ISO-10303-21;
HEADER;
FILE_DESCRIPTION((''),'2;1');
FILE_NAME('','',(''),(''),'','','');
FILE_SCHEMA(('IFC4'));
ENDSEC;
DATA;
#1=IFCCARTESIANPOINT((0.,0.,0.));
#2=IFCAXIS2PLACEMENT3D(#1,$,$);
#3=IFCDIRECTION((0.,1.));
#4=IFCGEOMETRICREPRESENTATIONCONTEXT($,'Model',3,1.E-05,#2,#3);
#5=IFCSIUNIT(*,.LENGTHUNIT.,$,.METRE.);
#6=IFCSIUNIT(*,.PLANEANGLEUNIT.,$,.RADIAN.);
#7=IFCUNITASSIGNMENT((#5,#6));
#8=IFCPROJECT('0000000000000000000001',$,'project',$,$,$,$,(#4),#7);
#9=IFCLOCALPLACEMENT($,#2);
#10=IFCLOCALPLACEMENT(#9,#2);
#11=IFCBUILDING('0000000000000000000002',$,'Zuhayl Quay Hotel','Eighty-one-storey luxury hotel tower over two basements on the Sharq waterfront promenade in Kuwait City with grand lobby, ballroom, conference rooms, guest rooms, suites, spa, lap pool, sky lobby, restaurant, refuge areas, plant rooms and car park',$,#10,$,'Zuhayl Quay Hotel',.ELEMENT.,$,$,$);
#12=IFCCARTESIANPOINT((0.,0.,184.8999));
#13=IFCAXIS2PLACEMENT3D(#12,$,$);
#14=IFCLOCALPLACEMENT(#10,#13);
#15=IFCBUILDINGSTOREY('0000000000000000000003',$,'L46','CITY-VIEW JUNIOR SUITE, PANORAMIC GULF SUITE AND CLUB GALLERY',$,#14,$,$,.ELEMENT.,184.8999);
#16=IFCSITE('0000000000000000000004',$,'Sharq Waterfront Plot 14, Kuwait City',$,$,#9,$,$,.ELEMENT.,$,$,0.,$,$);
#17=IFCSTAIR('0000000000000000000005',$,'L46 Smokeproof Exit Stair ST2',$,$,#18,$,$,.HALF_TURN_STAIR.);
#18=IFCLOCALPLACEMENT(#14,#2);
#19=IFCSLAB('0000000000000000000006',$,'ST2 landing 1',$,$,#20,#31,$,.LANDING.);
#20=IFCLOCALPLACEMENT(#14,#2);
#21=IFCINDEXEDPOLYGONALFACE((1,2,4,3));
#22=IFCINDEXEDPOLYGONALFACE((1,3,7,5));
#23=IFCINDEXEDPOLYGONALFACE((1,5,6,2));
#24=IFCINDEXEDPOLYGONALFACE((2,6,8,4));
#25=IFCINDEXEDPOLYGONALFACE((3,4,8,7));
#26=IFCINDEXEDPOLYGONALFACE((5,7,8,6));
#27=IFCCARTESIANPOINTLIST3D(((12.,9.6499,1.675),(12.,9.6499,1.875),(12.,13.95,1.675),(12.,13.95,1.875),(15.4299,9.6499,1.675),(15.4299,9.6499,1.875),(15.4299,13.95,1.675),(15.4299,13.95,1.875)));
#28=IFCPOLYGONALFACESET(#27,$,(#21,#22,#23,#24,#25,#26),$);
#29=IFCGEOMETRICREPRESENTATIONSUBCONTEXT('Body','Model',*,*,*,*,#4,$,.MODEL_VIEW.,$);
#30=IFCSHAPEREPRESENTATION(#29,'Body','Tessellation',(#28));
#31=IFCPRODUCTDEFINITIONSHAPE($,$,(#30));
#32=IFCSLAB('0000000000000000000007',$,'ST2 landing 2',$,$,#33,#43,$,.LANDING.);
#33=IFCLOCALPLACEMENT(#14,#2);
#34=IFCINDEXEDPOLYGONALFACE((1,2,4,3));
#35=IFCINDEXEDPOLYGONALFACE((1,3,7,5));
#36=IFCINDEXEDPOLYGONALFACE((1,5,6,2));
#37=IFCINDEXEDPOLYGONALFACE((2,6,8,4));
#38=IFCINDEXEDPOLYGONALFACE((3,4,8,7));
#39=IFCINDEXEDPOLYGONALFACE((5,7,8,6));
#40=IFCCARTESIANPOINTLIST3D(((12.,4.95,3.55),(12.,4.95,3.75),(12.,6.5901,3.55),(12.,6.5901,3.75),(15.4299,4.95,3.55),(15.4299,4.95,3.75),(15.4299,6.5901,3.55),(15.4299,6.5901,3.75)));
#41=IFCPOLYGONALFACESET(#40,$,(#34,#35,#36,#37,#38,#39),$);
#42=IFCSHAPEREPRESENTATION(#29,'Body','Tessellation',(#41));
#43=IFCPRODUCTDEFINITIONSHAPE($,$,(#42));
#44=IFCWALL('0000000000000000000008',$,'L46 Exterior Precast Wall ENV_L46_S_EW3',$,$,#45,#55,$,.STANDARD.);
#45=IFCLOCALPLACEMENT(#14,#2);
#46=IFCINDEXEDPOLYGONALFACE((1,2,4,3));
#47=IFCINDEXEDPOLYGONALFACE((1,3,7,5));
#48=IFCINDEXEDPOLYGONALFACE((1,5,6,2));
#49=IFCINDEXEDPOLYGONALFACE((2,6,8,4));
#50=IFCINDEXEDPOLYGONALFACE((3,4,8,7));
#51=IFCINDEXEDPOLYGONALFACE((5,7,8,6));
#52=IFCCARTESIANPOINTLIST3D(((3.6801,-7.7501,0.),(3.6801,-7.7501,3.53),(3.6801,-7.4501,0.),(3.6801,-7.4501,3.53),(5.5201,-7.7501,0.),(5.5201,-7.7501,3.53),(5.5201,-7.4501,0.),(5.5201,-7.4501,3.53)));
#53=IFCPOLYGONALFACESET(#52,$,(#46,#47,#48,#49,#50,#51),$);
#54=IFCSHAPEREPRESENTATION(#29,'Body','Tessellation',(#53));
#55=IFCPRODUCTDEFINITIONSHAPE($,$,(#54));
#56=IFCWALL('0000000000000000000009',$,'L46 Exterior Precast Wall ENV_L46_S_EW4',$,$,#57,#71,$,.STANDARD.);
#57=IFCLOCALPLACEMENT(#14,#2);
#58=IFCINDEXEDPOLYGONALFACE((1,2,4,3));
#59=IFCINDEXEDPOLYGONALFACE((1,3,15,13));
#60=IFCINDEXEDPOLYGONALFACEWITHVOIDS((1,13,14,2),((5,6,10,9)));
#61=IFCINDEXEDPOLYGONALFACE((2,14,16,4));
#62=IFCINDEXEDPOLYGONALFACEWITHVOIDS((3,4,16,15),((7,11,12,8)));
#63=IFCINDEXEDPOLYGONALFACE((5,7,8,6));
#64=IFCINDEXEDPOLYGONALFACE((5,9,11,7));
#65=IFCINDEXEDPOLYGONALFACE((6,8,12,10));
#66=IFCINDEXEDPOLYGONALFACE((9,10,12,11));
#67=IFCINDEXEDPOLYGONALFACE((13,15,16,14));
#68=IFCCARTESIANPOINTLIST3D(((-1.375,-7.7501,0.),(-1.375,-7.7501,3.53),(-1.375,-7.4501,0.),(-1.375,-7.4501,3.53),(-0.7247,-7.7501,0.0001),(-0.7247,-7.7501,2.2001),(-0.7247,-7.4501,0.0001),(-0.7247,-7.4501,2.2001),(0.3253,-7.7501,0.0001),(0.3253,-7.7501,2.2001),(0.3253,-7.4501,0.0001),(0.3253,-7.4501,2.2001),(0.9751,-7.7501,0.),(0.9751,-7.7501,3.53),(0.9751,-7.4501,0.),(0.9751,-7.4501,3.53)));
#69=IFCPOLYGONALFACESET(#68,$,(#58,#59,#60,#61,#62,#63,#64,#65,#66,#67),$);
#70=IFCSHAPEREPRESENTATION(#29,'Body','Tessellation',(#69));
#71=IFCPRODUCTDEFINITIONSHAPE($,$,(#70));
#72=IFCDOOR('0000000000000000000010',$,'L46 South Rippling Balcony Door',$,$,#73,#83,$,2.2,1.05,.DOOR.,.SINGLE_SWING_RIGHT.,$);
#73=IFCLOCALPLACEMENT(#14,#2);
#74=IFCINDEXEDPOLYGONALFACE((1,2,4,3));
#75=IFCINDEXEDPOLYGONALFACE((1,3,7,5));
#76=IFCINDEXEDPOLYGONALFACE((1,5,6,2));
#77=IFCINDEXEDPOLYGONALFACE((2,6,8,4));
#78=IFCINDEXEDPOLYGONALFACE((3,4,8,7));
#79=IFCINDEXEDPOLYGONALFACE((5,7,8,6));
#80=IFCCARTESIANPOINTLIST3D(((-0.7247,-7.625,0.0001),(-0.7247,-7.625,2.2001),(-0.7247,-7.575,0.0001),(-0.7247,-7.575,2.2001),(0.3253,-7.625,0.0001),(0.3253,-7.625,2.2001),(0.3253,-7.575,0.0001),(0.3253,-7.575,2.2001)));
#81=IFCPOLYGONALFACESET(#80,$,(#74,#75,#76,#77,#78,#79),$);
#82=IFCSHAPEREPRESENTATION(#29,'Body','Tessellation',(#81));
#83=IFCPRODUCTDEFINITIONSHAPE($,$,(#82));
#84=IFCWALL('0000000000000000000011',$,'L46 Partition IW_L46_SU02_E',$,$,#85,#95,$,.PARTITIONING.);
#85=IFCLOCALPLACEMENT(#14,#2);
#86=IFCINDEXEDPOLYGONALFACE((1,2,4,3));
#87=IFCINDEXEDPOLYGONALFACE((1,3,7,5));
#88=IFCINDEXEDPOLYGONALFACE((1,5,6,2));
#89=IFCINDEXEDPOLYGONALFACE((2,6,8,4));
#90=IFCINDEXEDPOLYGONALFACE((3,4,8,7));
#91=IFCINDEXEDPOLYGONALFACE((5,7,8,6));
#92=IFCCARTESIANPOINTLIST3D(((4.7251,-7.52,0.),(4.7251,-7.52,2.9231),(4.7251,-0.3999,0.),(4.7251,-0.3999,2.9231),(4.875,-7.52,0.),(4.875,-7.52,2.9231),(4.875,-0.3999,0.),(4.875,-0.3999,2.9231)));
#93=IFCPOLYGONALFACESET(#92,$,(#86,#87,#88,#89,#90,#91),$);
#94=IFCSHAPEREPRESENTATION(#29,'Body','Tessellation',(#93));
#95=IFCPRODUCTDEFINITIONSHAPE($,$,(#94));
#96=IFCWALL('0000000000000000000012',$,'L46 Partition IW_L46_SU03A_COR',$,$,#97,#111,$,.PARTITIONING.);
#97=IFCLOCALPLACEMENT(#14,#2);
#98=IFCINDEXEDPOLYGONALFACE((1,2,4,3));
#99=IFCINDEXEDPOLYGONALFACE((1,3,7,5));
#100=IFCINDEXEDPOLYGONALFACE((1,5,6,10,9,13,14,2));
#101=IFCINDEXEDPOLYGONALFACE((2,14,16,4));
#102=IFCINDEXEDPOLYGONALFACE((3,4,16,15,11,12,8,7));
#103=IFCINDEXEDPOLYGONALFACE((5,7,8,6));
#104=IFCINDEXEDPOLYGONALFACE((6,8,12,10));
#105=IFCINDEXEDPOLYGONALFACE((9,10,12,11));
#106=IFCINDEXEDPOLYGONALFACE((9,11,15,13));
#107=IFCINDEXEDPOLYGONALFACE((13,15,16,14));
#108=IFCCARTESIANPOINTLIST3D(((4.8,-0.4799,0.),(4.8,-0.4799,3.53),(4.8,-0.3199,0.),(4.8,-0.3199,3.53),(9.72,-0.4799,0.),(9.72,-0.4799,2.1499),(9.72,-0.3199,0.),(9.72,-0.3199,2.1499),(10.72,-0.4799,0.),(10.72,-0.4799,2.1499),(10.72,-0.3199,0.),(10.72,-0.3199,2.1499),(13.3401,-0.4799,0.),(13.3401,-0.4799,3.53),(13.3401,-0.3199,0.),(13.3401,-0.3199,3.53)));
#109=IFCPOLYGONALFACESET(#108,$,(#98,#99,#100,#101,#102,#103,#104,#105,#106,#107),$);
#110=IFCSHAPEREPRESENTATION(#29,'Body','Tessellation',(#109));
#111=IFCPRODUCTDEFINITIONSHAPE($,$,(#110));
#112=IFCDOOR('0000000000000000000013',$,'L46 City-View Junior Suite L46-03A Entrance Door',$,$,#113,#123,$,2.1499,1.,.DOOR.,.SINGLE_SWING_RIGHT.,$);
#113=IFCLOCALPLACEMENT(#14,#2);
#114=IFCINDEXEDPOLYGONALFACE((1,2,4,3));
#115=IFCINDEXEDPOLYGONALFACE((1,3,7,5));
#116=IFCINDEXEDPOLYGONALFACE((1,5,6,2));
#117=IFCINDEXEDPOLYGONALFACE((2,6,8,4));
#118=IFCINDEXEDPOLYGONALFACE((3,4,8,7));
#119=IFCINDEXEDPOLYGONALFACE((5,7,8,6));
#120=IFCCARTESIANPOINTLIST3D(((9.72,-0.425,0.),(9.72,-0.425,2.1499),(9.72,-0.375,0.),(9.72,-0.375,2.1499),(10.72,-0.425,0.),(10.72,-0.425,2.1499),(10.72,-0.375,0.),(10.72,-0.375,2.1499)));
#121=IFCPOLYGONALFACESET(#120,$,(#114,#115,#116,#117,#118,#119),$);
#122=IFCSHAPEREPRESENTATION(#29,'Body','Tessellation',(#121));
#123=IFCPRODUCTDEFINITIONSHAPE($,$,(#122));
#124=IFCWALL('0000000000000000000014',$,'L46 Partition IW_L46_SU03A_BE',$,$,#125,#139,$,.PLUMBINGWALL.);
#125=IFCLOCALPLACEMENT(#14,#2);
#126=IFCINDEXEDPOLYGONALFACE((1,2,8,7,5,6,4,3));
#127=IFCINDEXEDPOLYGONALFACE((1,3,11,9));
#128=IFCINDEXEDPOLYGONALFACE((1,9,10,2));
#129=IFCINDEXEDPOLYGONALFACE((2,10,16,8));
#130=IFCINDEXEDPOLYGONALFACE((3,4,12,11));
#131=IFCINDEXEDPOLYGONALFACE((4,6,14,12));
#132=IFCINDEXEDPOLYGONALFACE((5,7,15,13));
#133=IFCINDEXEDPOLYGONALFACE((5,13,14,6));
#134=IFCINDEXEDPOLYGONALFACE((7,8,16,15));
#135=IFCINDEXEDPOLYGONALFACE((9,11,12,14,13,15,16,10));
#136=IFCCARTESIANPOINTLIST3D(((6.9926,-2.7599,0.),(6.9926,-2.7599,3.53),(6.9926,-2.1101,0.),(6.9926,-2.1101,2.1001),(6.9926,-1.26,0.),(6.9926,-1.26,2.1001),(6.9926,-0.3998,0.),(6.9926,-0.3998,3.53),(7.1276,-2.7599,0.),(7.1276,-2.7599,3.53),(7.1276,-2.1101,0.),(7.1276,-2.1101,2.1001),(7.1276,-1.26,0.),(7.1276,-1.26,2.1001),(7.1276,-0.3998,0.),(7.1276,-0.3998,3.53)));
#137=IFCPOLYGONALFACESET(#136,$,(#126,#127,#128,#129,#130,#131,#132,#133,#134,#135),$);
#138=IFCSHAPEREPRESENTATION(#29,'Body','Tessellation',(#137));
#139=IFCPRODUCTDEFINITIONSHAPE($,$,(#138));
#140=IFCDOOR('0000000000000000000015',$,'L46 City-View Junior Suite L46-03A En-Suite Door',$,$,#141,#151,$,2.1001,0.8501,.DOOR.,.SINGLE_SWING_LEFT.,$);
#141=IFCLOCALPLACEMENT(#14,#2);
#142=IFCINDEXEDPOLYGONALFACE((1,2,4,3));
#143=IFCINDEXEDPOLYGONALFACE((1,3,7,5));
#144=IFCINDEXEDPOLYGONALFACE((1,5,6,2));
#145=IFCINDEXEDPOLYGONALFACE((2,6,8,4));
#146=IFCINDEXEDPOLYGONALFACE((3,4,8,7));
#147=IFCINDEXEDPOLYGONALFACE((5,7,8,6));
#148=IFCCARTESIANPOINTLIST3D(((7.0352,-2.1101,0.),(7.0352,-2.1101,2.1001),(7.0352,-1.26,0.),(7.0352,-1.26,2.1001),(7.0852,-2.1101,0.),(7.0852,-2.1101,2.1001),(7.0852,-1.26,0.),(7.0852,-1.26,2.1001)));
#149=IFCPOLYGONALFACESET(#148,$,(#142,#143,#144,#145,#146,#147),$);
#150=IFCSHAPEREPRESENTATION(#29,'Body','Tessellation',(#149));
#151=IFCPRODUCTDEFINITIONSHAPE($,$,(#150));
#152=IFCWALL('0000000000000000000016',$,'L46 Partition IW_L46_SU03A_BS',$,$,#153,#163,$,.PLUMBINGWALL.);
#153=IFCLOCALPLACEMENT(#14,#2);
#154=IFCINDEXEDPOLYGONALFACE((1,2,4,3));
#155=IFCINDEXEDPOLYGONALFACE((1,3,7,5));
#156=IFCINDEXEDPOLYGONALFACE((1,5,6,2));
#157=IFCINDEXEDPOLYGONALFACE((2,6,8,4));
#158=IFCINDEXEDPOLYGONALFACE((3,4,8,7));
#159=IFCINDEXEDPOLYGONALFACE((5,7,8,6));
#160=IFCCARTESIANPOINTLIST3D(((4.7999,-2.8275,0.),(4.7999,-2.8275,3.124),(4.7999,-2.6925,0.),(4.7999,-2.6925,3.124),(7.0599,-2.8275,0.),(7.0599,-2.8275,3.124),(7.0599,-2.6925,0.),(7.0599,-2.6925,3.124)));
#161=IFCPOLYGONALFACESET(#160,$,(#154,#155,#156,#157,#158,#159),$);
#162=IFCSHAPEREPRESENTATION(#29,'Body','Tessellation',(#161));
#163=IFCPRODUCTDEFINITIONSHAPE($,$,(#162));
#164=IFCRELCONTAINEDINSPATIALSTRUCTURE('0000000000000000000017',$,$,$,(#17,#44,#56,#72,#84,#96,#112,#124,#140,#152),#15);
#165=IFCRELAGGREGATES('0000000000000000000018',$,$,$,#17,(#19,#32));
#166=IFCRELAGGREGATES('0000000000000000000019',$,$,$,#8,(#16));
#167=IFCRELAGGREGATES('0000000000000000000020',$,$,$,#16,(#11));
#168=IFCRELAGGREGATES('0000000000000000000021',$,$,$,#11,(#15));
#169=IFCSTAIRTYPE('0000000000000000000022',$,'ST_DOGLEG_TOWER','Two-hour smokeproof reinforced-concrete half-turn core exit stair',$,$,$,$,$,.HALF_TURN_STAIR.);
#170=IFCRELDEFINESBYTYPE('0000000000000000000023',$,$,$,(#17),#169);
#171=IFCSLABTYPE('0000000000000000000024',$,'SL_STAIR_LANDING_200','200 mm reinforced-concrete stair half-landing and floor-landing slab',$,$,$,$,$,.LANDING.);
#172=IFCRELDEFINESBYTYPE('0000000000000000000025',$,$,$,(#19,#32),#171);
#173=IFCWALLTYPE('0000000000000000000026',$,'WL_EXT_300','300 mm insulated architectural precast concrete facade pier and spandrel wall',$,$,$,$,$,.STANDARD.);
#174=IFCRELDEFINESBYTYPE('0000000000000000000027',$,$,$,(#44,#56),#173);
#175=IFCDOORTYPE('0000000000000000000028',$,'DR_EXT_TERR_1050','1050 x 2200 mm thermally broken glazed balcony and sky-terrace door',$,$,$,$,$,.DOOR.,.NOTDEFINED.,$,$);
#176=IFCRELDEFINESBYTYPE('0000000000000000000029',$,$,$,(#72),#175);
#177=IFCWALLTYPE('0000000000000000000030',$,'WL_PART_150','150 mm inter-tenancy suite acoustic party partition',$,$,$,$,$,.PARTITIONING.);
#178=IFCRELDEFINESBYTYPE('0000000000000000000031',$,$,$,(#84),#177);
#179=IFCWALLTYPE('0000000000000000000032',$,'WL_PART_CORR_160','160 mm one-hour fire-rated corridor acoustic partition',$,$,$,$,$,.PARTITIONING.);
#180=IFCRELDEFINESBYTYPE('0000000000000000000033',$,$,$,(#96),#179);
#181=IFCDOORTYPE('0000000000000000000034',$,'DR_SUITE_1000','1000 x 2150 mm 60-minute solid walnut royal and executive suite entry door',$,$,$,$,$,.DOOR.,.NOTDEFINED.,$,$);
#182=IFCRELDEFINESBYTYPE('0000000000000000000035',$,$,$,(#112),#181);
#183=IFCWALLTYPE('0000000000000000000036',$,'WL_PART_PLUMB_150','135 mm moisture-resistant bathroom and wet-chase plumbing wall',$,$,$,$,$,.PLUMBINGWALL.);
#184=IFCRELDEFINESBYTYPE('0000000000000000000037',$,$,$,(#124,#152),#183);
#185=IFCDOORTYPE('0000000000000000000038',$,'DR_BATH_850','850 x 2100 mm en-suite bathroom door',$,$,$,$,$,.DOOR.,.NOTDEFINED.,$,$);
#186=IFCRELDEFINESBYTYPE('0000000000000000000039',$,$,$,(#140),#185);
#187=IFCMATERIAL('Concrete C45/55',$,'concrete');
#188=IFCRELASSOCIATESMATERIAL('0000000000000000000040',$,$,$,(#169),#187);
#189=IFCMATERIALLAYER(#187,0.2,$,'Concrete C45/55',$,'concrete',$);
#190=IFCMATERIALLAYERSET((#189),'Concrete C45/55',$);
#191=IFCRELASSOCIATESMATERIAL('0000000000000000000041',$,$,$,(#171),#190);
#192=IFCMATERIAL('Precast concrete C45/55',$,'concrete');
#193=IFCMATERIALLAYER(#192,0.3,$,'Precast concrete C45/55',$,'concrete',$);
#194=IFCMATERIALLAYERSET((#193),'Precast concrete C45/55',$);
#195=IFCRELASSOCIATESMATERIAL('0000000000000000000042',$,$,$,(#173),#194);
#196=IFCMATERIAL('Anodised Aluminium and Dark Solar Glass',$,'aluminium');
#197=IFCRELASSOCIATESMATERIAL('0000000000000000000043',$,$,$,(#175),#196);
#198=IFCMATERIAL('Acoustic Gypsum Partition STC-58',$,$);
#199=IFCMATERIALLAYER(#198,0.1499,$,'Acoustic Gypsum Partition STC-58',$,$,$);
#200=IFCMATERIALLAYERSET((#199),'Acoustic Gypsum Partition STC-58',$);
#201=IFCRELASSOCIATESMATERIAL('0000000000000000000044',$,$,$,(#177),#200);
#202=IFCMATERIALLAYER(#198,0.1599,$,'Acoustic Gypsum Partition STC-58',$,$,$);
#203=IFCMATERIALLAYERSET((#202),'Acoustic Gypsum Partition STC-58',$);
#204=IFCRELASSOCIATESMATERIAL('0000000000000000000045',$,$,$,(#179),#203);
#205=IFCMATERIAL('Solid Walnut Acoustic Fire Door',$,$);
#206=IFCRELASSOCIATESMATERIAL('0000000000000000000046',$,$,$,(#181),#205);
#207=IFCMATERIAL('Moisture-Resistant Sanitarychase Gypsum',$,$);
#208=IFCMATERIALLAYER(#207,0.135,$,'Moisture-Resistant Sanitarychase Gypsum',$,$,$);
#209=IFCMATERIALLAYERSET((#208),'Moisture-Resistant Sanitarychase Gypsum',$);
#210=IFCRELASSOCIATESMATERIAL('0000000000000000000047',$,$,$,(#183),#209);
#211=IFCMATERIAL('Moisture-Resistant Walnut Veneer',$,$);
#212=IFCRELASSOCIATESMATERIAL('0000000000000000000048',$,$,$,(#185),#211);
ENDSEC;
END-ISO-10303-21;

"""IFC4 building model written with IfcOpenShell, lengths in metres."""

from ifc_helpers import new_model, si_unit, direction, frame, frame_2d, origin, place, context, subcontext, project, spatial, polyline, rectangle, outline, extrude, material, layer, layer_set, type_object, element, fill, aggregate, save


model = new_model("IFC4")

# Units and contexts
model_context = context("Model", 3, precision=1e-05, world=origin(), true_north=direction((0.0, 1.0)))
body_context = subcontext(model_context, "Body", "Model", "MODEL_VIEW")
ifc_project = project(units=[si_unit("LENGTHUNIT", "METRE"), si_unit("PLANEANGLEUNIT", "RADIAN")], contexts=[model_context])

# Site, building, storey
site_placement = place(None, origin())
site = spatial("IfcSite", under=ifc_project, at=site_placement, Name="Sharq Waterfront Plot 14, Kuwait City", CompositionType="ELEMENT", RefElevation=0.0)
building_placement = place(site_placement, origin())
building = spatial("IfcBuilding", under=site, at=building_placement, Name="Zuhayl Quay Hotel", Description="Eighty-one-storey luxury hotel tower over two basements on the Sharq waterfront promenade in Kuwait City with grand lobby, ballroom, conference rooms, guest rooms, suites, spa, lap pool, sky lobby, restaurant, refuge areas, plant rooms and car park", LongName="Zuhayl Quay Hotel", CompositionType="ELEMENT")
storey_placement = place(building_placement, frame((0.0, 0.0, 184.8999)))
storey = spatial("IfcBuildingStorey", under=building, at=storey_placement, Name="L46", Description="CITY-VIEW JUNIOR SUITE, PANORAMIC GULF SUITE AND CLUB GALLERY", CompositionType="ELEMENT", Elevation=184.8999)

# Stair, slabs
ifc_material_1 = material(Name="Concrete C45/55", Category="concrete")
stair_type = type_object("IfcStairType", Name="ST_DOGLEG_TOWER", Description="Two-hour smokeproof reinforced-concrete half-turn core exit stair", PredefinedType="HALF_TURN_STAIR", material=ifc_material_1)
stair_placement = place(storey_placement, origin())
stair = element("IfcStair", 1, at=stair_placement, inside=storey, type_object=stair_type, Name="L46 Smokeproof Exit Stair ST2", PredefinedType="HALF_TURN_STAIR")
ifc_layer_1 = layer(ifc_material_1, 0.2, Name="Concrete C45/55", Category="concrete")
ifc_layer_set_1 = layer_set([ifc_layer_1], Name="Concrete C45/55")
slab_type = type_object("IfcSlabType", Name="SL_STAIR_LANDING_200", Description="200 mm reinforced-concrete stair half-landing and floor-landing slab", PredefinedType="LANDING", material=ifc_layer_set_1)
slab_1_placement = place(storey_placement, frame((0.0, 0.0, 1.675)))
slab_1 = element("IfcSlab", 2, at=slab_1_placement, type_object=slab_type, Name="ST2 landing 1", PredefinedType="LANDING", context=body_context, shape_type="SweptSolid", body=[
    extrude(outline(polyline([(15.4299, 9.6499), (15.4299, 13.95), (12.0, 13.95), (12.0, 9.6499), (15.4299, 9.6499)])), origin(), (0.0, 0.0, 1.0), 0.2),
])
slab_2_placement = place(storey_placement, frame((0.0, 0.0, 3.55)))
slab_2 = element("IfcSlab", 3, at=slab_2_placement, type_object=slab_type, Name="ST2 landing 2", PredefinedType="LANDING", context=body_context, shape_type="SweptSolid", body=[
    extrude(outline(polyline([(15.4299, 4.95), (15.4299, 6.5901), (12.0, 6.5901), (12.0, 4.95), (15.4299, 4.95)])), origin(), (0.0, 0.0, 1.0), 0.2),
])
aggregate(stair, [slab_1, slab_2])

# Wall
ifc_material_2 = material(Name="Precast concrete C45/55", Category="concrete")
ifc_layer_2 = layer(ifc_material_2, 0.3, Name="Precast concrete C45/55", Category="concrete")
ifc_layer_set_2 = layer_set([ifc_layer_2], Name="Precast concrete C45/55")
wall_type_1 = type_object("IfcWallType", Name="WL_EXT_300", Description="300 mm insulated architectural precast concrete facade pier and spandrel wall", PredefinedType="STANDARD", material=ifc_layer_set_2)
wall_1_placement = place(storey_placement, frame((5.52, -7.6001, 0.0), z_axis=(0.0, 0.0, 1.0), x_axis=(-1.0, 0.0, 0.0)))
element("IfcWall", 4, at=wall_1_placement, inside=storey, type_object=wall_type_1, Name="L46 Exterior Precast Wall ENV_L46_S_EW3", PredefinedType="STANDARD", context=body_context, shape_type="SweptSolid", body=[
    extrude(rectangle(XDim=1.8401, YDim=0.3, at=frame_2d((0.9199, 0.0))), origin(), (0.0, 0.0, 1.0), 3.53),
])

# Wall, opening, door
wall_2_placement = place(storey_placement, frame((0.9751, -7.6001, 0.0), z_axis=(0.0, 0.0, 1.0), x_axis=(-1.0, 0.0, 0.0)))
wall_2 = element("IfcWall", 5, at=wall_2_placement, inside=storey, type_object=wall_type_1, Name="L46 Exterior Precast Wall ENV_L46_S_EW4", PredefinedType="STANDARD", context=body_context, shape_type="SweptSolid", body=[
    extrude(rectangle(XDim=2.3501, YDim=0.3, at=frame_2d((1.175, 0.0))), origin(), (0.0, 0.0, 1.0), 3.53),
])
opening_1_placement = place(wall_2_placement, frame((0.6499, 0.0, 0.0)))
opening_1 = element("IfcOpeningElement", 6, at=opening_1_placement, cuts=wall_2, PredefinedType="OPENING", context=body_context, shape_type="SweptSolid", body=[
    extrude(rectangle(XDim=1.05, YDim=2.2, at=frame_2d((0.5249, 1.1001))), frame((0.0, 0.1599, 0.0), z_axis=(0.0, -1.0, 0.0), x_axis=(1.0, 0.0, 0.0)), (0.0, 0.0, 1.0), 0.3201),
])
ifc_material_3 = material(Name="Anodised Aluminium and Dark Solar Glass", Category="aluminium")
door_type_1 = type_object("IfcDoorType", Name="DR_EXT_TERR_1050", Description="1050 x 2200 mm thermally broken glazed balcony and sky-terrace door", OperationType="NOTDEFINED", PredefinedType="DOOR", material=ifc_material_3)
door_1_placement = place(opening_1_placement, origin())
door_1 = element("IfcDoor", 7, at=door_1_placement, inside=storey, type_object=door_type_1, Name="L46 South Rippling Balcony Door", OperationType="SINGLE_SWING_RIGHT", OverallHeight=2.2, OverallWidth=1.05, PredefinedType="DOOR", context=body_context, shape_type="SweptSolid", body=[
    extrude(rectangle(XDim=1.05, YDim=2.2, at=frame_2d((0.5249, 1.1001))), frame((0.0, 0.0249, 0.0), z_axis=(0.0, -1.0, 0.0), x_axis=(1.0, 0.0, 0.0)), (0.0, 0.0, 1.0), 0.05),
])
fill(opening_1, door_1)

# Wall
ifc_material_4 = material(Name="Acoustic Gypsum Partition STC-58")
ifc_layer_3 = layer(ifc_material_4, 0.1499, Name="Acoustic Gypsum Partition STC-58")
ifc_layer_set_3 = layer_set([ifc_layer_3], Name="Acoustic Gypsum Partition STC-58")
wall_type_2 = type_object("IfcWallType", Name="WL_PART_150", Description="150 mm inter-tenancy suite acoustic party partition", PredefinedType="PARTITIONING", material=ifc_layer_set_3)
wall_3_placement = place(storey_placement, frame((4.8, -7.52, 0.0), z_axis=(0.0, 0.0, 1.0), x_axis=(0.0, 1.0, 0.0)))
element("IfcWall", 8, at=wall_3_placement, inside=storey, type_object=wall_type_2, Name="L46 Partition IW_L46_SU02_E", PredefinedType="PARTITIONING", context=body_context, shape_type="SweptSolid", body=[
    extrude(rectangle(XDim=7.1201, YDim=0.1499, at=frame_2d((3.5601, 0.0))), origin(), (0.0, 0.0, 1.0), 2.9231),
])

# Walls, openings, doors
ifc_layer_4 = layer(ifc_material_4, 0.1599, Name="Acoustic Gypsum Partition STC-58")
ifc_layer_set_4 = layer_set([ifc_layer_4], Name="Acoustic Gypsum Partition STC-58")
wall_type_3 = type_object("IfcWallType", Name="WL_PART_CORR_160", Description="160 mm one-hour fire-rated corridor acoustic partition", PredefinedType="PARTITIONING", material=ifc_layer_set_4)
wall_4_placement = place(storey_placement, frame((4.8, -0.3999, 0.0), z_axis=(0.0, 0.0, 1.0), x_axis=(1.0, 0.0, 0.0)))
wall_4 = element("IfcWall", 9, at=wall_4_placement, inside=storey, type_object=wall_type_3, Name="L46 Partition IW_L46_SU03A_COR", PredefinedType="PARTITIONING", context=body_context, shape_type="SweptSolid", body=[
    extrude(rectangle(XDim=8.54, YDim=0.1599, at=frame_2d((4.27, 0.0))), origin(), (0.0, 0.0, 1.0), 3.53),
])
opening_2_placement = place(wall_4_placement, frame((4.9199, 0.0, 0.0)))
opening_2 = element("IfcOpeningElement", 10, at=opening_2_placement, cuts=wall_4, PredefinedType="OPENING", context=body_context, shape_type="SweptSolid", body=[
    extrude(rectangle(XDim=1.0, YDim=2.1499, at=frame_2d((0.5, 1.075))), frame((0.0, 0.0898, 0.0), z_axis=(0.0, -1.0, 0.0), x_axis=(1.0, 0.0, 0.0)), (0.0, 0.0, 1.0), 0.1799),
])
ifc_material_5 = material(Name="Solid Walnut Acoustic Fire Door")
door_type_2 = type_object("IfcDoorType", Name="DR_SUITE_1000", Description="1000 x 2150 mm 60-minute solid walnut royal and executive suite entry door", OperationType="NOTDEFINED", PredefinedType="DOOR", material=ifc_material_5)
door_2_placement = place(opening_2_placement, origin())
door_2 = element("IfcDoor", 11, at=door_2_placement, inside=storey, type_object=door_type_2, Name="L46 City-View Junior Suite L46-03A Entrance Door", OperationType="SINGLE_SWING_RIGHT", OverallHeight=2.1499, OverallWidth=1.0, PredefinedType="DOOR", context=body_context, shape_type="SweptSolid", body=[
    extrude(rectangle(XDim=1.0, YDim=2.1499, at=frame_2d((0.5, 1.075))), frame((0.0, 0.0249, 0.0), z_axis=(0.0, -1.0, 0.0), x_axis=(1.0, 0.0, 0.0)), (0.0, 0.0, 1.0), 0.05),
])
fill(opening_2, door_2)
ifc_material_6 = material(Name="Moisture-Resistant Sanitarychase Gypsum")
ifc_layer_5 = layer(ifc_material_6, 0.135, Name="Moisture-Resistant Sanitarychase Gypsum")
ifc_layer_set_5 = layer_set([ifc_layer_5], Name="Moisture-Resistant Sanitarychase Gypsum")
wall_type_4 = type_object("IfcWallType", Name="WL_PART_PLUMB_150", Description="135 mm moisture-resistant bathroom and wet-chase plumbing wall", PredefinedType="PLUMBINGWALL", material=ifc_layer_set_5)
wall_5_placement = place(storey_placement, frame((7.0601, -2.76, 0.0), z_axis=(0.0, 0.0, 1.0), x_axis=(0.0, 1.0, 0.0)))
wall_5 = element("IfcWall", 12, at=wall_5_placement, inside=storey, type_object=wall_type_4, Name="L46 Partition IW_L46_SU03A_BE", PredefinedType="PLUMBINGWALL", context=body_context, shape_type="SweptSolid", body=[
    extrude(rectangle(XDim=2.3601, YDim=0.135, at=frame_2d((1.1802, 0.0))), origin(), (0.0, 0.0, 1.0), 3.53),
])
opening_3_placement = place(wall_5_placement, frame((0.6499, 0.0, 0.0)))
opening_3 = element("IfcOpeningElement", 13, at=opening_3_placement, cuts=wall_5, PredefinedType="OPENING", context=body_context, shape_type="SweptSolid", body=[
    extrude(rectangle(XDim=0.8501, YDim=2.1001, at=frame_2d((0.425, 1.05))), frame((0.0, 0.0774, 0.0), z_axis=(0.0, -1.0, 0.0), x_axis=(1.0, 0.0, 0.0)), (0.0, 0.0, 1.0), 0.155),
])
ifc_material_7 = material(Name="Moisture-Resistant Walnut Veneer")
door_type_3 = type_object("IfcDoorType", Name="DR_BATH_850", Description="850 x 2100 mm en-suite bathroom door", OperationType="NOTDEFINED", PredefinedType="DOOR", material=ifc_material_7)
door_3_placement = place(opening_3_placement, origin())
door_3 = element("IfcDoor", 14, at=door_3_placement, inside=storey, type_object=door_type_3, Name="L46 City-View Junior Suite L46-03A En-Suite Door", OperationType="SINGLE_SWING_LEFT", OverallHeight=2.1001, OverallWidth=0.8501, PredefinedType="DOOR", context=body_context, shape_type="SweptSolid", body=[
    extrude(rectangle(XDim=0.8501, YDim=2.1001, at=frame_2d((0.425, 1.05))), frame((0.0, 0.0249, 0.0), z_axis=(0.0, -1.0, 0.0), x_axis=(1.0, 0.0, 0.0)), (0.0, 0.0, 1.0), 0.05),
])
fill(opening_3, door_3)

# Wall
wall_6_placement = place(storey_placement, frame((4.8, -2.76, 0.0), z_axis=(0.0, 0.0, 1.0), x_axis=(1.0, 0.0, 0.0)))
element("IfcWall", 15, at=wall_6_placement, inside=storey, type_object=wall_type_4, Name="L46 Partition IW_L46_SU03A_BS", PredefinedType="PLUMBINGWALL", context=body_context, shape_type="SweptSolid", body=[
    extrude(rectangle(XDim=2.26, YDim=0.135, at=frame_2d((1.1299, 0.0))), origin(), (0.0, 0.0, 1.0), 3.124),
])

save(model, "model.ifc")
